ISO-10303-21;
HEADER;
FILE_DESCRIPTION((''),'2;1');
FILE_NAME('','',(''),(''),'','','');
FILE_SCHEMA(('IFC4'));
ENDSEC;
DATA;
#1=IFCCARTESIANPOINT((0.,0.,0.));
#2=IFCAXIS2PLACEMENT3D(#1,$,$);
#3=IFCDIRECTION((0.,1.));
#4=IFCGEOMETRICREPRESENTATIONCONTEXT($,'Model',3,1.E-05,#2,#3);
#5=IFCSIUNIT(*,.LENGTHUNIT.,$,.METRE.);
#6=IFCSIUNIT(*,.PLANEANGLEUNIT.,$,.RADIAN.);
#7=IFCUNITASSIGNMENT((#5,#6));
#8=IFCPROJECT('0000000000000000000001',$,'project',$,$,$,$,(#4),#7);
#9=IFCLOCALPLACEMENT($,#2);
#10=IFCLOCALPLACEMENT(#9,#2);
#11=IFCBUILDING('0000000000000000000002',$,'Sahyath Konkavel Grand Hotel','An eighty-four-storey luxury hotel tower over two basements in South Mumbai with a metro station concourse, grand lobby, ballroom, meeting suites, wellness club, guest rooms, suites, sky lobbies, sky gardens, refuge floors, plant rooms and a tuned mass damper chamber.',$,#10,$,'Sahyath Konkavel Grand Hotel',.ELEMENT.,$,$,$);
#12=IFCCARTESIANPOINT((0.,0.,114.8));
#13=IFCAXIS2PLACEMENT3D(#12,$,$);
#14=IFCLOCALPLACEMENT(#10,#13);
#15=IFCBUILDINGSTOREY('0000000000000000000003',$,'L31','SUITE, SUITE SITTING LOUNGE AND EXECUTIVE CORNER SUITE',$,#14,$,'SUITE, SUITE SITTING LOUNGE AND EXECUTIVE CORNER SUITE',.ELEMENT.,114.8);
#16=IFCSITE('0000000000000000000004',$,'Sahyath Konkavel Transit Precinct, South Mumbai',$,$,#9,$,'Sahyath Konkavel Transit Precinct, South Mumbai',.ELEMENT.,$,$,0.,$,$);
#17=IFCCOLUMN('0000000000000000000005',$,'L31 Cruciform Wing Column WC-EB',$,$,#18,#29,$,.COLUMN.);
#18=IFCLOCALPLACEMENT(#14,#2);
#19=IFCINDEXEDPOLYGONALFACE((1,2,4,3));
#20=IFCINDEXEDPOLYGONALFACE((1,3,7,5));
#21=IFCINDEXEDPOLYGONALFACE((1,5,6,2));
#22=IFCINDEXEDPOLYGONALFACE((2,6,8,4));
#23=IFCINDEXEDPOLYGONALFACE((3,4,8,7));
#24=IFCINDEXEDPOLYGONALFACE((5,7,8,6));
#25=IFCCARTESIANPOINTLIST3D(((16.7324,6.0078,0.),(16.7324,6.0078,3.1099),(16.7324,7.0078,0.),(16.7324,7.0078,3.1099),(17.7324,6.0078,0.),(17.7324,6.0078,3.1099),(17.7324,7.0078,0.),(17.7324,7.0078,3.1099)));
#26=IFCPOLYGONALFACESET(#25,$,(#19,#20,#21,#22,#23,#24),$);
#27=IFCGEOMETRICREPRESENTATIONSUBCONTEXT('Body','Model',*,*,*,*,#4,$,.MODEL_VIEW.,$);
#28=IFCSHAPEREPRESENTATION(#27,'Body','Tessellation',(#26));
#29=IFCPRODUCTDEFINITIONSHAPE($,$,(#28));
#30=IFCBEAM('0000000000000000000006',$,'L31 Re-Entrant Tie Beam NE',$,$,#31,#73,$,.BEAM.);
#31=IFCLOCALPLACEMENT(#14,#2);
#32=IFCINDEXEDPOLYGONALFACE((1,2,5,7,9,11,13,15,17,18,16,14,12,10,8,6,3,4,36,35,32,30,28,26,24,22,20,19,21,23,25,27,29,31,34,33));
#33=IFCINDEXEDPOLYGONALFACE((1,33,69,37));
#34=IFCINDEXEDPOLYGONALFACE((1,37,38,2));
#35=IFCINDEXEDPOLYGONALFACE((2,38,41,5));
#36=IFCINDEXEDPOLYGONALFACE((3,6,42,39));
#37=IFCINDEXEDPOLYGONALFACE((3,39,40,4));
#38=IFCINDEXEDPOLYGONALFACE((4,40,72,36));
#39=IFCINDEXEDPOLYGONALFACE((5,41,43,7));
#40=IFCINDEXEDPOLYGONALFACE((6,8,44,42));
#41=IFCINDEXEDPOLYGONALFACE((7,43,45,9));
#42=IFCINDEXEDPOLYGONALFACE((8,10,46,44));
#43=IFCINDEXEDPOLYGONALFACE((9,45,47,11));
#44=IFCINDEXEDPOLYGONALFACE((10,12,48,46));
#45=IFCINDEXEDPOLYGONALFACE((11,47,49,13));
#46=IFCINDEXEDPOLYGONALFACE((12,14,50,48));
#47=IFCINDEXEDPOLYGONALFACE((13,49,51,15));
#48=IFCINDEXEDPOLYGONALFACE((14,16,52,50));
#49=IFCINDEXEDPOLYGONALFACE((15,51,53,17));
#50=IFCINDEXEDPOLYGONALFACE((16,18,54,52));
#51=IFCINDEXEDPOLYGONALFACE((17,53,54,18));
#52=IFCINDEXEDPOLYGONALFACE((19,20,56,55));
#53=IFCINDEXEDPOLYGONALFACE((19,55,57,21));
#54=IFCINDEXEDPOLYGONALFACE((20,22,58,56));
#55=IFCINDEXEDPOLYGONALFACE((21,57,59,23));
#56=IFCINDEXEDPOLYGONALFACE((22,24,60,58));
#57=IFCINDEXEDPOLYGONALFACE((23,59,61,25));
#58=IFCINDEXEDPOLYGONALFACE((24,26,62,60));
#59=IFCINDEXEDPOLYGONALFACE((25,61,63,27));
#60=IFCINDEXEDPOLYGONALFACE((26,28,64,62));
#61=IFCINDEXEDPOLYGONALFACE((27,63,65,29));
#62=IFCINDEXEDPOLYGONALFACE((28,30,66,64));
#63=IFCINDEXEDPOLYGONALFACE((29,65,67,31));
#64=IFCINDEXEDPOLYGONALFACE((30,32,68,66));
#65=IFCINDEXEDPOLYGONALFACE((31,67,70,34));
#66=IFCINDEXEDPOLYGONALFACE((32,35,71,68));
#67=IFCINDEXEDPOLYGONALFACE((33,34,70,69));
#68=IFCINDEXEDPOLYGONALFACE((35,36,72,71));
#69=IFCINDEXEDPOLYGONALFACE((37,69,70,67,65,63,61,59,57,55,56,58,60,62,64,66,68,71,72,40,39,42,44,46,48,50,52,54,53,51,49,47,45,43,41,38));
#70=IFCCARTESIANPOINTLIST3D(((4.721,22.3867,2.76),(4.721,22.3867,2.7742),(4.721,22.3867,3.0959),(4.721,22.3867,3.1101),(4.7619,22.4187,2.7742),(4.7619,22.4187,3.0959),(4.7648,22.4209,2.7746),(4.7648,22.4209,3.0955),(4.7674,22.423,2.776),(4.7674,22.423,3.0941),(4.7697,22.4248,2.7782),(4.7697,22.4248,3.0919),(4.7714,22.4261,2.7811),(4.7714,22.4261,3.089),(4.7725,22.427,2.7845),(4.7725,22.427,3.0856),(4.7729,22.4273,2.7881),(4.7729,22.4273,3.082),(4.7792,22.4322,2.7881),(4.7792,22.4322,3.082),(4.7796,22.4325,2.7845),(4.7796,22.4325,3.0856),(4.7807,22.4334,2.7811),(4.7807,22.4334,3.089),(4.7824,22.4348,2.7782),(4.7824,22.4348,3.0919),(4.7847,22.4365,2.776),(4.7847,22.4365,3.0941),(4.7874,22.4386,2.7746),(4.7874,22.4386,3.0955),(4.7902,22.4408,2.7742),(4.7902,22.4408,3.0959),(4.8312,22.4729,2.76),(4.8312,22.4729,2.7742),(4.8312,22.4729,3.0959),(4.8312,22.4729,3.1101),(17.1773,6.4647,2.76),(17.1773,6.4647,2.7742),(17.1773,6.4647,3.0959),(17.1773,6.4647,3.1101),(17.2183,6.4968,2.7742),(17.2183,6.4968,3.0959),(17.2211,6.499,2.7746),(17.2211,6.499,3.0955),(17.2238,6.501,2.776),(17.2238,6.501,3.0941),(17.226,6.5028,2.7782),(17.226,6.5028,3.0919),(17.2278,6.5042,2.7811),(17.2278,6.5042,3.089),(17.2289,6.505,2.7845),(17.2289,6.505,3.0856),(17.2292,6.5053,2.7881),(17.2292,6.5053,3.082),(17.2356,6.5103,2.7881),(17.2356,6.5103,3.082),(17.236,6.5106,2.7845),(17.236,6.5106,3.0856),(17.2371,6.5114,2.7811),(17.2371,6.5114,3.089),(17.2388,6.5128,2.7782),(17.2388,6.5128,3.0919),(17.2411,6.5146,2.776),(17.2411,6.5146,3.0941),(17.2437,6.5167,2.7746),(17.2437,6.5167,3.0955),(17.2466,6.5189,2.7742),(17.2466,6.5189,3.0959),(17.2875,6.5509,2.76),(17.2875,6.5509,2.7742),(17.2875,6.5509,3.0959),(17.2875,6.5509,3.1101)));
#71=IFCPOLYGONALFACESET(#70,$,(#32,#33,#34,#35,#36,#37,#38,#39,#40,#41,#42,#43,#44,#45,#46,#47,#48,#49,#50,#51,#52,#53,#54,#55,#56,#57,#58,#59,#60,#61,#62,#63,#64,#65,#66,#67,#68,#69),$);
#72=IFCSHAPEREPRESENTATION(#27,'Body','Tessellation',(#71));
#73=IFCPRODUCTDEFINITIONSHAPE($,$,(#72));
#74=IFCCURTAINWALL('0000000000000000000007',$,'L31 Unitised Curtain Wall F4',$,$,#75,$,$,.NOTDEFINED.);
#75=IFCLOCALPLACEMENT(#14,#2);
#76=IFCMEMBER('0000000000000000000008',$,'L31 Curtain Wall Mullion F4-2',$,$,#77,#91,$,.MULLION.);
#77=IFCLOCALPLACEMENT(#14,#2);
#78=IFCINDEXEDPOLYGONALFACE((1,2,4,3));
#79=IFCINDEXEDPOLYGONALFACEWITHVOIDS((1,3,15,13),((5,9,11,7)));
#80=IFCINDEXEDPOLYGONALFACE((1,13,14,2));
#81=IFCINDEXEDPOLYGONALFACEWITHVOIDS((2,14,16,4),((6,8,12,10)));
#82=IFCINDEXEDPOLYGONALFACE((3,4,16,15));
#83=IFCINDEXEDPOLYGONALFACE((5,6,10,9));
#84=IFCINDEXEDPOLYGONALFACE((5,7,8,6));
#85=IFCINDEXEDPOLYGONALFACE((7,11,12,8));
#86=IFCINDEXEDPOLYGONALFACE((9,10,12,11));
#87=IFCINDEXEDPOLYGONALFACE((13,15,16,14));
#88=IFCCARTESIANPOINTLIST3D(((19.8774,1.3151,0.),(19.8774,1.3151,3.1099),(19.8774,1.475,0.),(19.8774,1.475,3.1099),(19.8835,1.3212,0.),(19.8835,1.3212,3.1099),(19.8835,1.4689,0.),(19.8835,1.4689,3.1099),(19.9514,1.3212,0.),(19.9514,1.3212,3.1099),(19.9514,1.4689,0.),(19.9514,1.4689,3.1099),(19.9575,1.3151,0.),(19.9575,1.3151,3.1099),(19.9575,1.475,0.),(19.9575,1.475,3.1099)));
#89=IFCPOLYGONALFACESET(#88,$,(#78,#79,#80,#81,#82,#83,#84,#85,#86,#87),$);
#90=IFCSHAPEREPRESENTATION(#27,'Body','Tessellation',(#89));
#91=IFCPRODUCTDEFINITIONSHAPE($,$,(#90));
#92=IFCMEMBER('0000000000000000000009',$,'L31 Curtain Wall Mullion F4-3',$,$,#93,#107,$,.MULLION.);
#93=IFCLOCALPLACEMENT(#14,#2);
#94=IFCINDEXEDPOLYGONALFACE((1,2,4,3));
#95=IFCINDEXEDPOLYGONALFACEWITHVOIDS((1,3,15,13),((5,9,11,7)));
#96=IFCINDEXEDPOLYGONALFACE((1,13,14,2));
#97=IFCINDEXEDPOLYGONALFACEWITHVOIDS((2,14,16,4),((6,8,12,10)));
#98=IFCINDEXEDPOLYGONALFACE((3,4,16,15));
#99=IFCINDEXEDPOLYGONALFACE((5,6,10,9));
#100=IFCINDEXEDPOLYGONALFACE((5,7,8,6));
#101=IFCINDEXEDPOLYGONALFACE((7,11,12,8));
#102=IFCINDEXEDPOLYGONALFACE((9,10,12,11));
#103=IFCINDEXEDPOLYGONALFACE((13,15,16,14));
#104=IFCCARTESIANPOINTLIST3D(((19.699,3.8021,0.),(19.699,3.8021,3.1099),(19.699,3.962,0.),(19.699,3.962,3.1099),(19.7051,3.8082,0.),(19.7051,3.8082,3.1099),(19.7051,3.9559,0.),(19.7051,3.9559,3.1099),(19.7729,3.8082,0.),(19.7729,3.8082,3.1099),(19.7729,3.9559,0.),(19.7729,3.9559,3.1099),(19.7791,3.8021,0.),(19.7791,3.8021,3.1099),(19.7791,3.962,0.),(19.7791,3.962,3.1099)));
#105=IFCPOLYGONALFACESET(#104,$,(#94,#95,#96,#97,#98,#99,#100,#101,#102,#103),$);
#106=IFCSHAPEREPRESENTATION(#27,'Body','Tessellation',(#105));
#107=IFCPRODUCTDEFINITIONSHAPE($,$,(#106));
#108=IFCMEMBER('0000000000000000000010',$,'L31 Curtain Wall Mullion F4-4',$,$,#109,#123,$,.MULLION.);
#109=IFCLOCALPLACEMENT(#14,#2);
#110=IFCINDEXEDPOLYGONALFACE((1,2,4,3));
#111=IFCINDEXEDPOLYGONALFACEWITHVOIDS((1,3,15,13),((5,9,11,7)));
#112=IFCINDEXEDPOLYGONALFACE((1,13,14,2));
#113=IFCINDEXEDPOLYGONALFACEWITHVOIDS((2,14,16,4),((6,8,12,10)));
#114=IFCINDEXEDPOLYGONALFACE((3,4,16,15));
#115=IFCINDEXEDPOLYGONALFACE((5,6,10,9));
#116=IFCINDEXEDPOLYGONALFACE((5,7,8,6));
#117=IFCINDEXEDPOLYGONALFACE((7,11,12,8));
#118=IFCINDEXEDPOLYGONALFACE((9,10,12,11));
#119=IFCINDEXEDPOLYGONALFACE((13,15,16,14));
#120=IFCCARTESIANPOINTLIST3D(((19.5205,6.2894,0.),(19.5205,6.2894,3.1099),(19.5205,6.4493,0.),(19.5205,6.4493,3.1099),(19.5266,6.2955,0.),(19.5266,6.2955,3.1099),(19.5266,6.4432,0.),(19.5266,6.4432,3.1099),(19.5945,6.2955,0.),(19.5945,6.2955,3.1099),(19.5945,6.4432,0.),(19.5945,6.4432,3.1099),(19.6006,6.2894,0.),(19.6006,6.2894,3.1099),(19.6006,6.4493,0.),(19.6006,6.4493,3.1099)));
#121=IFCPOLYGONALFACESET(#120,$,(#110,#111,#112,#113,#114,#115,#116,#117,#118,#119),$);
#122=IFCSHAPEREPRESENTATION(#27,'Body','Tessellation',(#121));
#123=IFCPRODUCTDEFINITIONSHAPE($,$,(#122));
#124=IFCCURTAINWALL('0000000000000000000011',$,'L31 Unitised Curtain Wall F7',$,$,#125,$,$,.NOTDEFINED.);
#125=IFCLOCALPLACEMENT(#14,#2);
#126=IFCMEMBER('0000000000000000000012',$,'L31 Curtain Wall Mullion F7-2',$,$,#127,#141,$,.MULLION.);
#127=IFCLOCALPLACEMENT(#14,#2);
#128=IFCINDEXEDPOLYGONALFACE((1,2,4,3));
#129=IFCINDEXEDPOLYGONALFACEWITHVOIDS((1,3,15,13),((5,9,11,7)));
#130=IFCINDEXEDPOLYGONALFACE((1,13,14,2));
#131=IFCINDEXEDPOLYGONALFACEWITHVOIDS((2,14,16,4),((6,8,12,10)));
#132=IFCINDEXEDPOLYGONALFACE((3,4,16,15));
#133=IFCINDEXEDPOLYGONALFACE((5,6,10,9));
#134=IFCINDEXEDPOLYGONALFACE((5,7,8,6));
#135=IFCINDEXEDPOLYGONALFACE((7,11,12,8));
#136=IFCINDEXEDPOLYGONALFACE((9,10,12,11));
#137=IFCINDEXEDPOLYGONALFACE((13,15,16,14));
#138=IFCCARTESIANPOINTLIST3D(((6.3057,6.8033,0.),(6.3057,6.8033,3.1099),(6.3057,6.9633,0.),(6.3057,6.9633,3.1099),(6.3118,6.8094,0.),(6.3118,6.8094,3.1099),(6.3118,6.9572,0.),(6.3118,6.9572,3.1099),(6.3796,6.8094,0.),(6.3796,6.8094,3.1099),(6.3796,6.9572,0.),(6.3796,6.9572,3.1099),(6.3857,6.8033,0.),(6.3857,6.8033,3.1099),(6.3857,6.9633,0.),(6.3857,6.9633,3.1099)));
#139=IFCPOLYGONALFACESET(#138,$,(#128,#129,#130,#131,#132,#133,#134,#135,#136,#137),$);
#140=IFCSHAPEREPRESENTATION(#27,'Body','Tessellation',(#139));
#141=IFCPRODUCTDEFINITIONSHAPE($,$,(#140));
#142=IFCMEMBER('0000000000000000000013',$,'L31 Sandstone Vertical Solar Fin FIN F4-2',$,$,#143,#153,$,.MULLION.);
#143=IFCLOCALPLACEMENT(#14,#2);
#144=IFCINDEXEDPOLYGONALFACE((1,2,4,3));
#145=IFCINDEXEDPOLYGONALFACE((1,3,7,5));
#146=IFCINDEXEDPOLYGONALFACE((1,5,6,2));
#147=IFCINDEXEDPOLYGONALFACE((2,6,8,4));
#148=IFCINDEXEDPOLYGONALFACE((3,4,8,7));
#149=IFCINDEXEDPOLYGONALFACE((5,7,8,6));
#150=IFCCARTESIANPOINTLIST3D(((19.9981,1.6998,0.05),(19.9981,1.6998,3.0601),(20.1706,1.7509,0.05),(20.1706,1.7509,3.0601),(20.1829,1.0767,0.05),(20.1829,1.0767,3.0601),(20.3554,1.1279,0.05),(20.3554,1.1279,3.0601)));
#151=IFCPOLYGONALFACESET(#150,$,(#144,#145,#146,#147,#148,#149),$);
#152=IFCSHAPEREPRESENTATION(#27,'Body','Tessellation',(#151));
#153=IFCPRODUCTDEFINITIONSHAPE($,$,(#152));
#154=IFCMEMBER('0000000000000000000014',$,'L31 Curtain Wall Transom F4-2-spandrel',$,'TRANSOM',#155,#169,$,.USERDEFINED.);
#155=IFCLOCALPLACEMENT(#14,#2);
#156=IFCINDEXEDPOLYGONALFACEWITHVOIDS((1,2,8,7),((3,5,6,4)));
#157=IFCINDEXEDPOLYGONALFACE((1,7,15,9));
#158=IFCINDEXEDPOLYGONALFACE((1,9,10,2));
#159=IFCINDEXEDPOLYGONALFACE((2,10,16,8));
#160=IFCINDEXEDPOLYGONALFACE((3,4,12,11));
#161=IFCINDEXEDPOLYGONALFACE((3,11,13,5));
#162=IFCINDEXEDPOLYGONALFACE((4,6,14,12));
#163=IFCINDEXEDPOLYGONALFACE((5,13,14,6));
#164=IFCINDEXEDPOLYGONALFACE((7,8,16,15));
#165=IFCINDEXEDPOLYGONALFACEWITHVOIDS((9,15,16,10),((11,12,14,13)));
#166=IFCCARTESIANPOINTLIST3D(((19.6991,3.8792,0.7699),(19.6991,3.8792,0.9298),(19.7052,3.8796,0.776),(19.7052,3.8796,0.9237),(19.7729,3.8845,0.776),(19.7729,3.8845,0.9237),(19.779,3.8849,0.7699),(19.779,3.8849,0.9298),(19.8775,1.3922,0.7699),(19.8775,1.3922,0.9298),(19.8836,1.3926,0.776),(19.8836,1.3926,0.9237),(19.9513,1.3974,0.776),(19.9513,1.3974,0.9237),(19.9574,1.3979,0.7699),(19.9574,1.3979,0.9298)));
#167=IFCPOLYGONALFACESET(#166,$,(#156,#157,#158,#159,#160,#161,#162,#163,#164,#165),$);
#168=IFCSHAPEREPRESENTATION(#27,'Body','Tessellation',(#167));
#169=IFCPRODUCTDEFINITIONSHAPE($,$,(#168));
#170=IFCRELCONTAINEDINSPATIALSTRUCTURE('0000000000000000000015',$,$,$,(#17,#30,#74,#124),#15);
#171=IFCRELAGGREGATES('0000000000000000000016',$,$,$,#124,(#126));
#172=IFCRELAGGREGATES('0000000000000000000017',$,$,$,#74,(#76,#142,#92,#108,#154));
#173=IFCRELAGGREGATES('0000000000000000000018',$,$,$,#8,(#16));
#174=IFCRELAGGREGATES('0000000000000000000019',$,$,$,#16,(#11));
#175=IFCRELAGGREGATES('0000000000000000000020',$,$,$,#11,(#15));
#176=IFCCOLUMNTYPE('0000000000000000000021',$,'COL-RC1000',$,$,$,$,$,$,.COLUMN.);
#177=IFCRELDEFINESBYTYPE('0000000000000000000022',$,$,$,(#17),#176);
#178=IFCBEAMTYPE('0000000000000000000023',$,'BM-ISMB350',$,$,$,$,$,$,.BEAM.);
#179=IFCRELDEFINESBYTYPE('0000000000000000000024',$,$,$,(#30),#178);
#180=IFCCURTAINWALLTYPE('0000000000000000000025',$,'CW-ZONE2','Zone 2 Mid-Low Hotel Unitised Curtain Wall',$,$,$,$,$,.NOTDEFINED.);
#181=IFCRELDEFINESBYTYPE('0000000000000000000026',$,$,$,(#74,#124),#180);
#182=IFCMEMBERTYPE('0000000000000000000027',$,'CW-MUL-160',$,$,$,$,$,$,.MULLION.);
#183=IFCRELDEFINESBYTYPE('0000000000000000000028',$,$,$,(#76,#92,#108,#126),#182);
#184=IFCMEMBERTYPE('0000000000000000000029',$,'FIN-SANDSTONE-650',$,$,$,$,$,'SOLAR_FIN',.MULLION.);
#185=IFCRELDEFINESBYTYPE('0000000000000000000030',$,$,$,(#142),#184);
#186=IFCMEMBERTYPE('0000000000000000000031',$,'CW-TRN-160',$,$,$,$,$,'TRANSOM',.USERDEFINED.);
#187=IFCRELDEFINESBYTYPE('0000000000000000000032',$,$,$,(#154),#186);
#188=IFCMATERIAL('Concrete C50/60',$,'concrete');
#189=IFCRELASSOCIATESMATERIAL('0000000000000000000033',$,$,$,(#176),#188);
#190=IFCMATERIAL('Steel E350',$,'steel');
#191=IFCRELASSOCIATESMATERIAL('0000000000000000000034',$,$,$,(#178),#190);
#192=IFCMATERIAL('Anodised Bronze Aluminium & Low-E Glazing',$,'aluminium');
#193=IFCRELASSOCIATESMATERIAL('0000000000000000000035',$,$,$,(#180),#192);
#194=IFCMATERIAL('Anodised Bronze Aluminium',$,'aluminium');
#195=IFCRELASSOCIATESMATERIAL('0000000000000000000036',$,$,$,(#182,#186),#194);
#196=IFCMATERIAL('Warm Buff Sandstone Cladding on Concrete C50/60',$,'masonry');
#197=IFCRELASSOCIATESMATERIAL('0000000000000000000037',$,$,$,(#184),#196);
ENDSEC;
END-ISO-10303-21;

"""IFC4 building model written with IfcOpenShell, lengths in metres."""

from ifc_helpers import new_model, si_unit, direction, frame, origin, origin_2d, place, context, subcontext, project, spatial, rectangle, hollow_rectangle, i_section, extrude, source, transform, mapped, material, material_profile, profile_set, type_object, element, aggregate, save


model = new_model("IFC4")

# Units and contexts
model_context = context("Model", 3, precision=1e-05, world=origin(), true_north=direction((0.0, 1.0)))
body_context = subcontext(model_context, "Body", "Model", "MODEL_VIEW")
ifc_project = project(units=[si_unit("LENGTHUNIT", "METRE"), si_unit("PLANEANGLEUNIT", "RADIAN")], contexts=[model_context])

# Site, building, storey
site_placement = place(None, origin())
site = spatial("IfcSite", under=ifc_project, at=site_placement, Name="Sahyath Konkavel Transit Precinct, South Mumbai", LongName="Sahyath Konkavel Transit Precinct, South Mumbai", CompositionType="ELEMENT", RefElevation=0.0)
building_placement = place(site_placement, origin())
building = spatial("IfcBuilding", under=site, at=building_placement, Name="Sahyath Konkavel Grand Hotel", Description="An eighty-four-storey luxury hotel tower over two basements in South Mumbai with a metro station concourse, grand lobby, ballroom, meeting suites, wellness club, guest rooms, suites, sky lobbies, sky gardens, refuge floors, plant rooms and a tuned mass damper chamber.", LongName="Sahyath Konkavel Grand Hotel", CompositionType="ELEMENT")
storey_placement = place(building_placement, frame((0.0, 0.0, 114.8)))
storey = spatial("IfcBuildingStorey", under=building, at=storey_placement, Name="L31", Description="SUITE, SUITE SITTING LOUNGE AND EXECUTIVE CORNER SUITE", LongName="SUITE, SUITE SITTING LOUNGE AND EXECUTIVE CORNER SUITE", CompositionType="ELEMENT", Elevation=114.8)

# Column
ifc_material_1 = material(Name="Concrete C50/60", Category="concrete")
ifc_material_profile_1 = material_profile(ifc_material_1, rectangle(XDim=1.0, YDim=1.0, at=origin_2d()), Name="RC 1000x1000")
ifc_profile_set_1 = profile_set([ifc_material_profile_1], Name="Concrete C50/60")
column_type = type_object("IfcColumnType", Name="COL-RC1000", PredefinedType="COLUMN", material=ifc_profile_set_1)
shared_shape_1 = source(origin(), body_context, "Body", "SweptSolid", [
    extrude(rectangle(XDim=1.0, YDim=1.0, at=origin_2d()), origin(), (0.0, 0.0, 1.0), 3.1099),
])
column_placement = place(storey_placement, frame((17.2324, 6.5078, 0.0), z_axis=(0.0, 0.0, 1.0), x_axis=(1.0, 0.0, 0.0)))
element("IfcColumn", 1, at=column_placement, inside=storey, type_object=column_type, Name="L31 Cruciform Wing Column WC-EB", PredefinedType="COLUMN", context=body_context, shape_type="MappedRepresentation", body=[
    mapped(shared_shape_1, transform((0.0, 0.0, 0.0), scale=1.0)),
])

# Beam
ifc_material_2 = material(Name="Steel E350", Category="steel")
ifc_material_profile_2 = material_profile(ifc_material_2, i_section(OverallWidth=0.1399, OverallDepth=0.3501, WebThickness=0.0081, FlangeThickness=0.0142, FilletRadius=0.0139, at=origin_2d()), Name="ISMB 350")
ifc_profile_set_2 = profile_set([ifc_material_profile_2], Name="Steel E350")
beam_type_1 = type_object("IfcBeamType", Name="BM-ISMB350", PredefinedType="BEAM", material=ifc_profile_set_2)
shared_shape_2 = source(origin(), body_context, "Body", "SweptSolid", [
    extrude(i_section(OverallWidth=0.1399, OverallDepth=0.3501, WebThickness=0.0081, FlangeThickness=0.0142, FilletRadius=0.0139, at=origin_2d()), origin(), (0.0, 0.0, 1.0), 20.2156),
])
beam_1_placement = place(storey_placement, frame((17.2324, 6.5078, 2.9351), z_axis=(-0.616176, 0.787608, 0.0), x_axis=(-0.787608, -0.616176, 0.0)))
element("IfcBeam", 2, at=beam_1_placement, inside=storey, type_object=beam_type_1, Name="L31 Re-Entrant Tie Beam NE", PredefinedType="BEAM", context=body_context, shape_type="MappedRepresentation", body=[
    mapped(shared_shape_2, transform((0.0, 0.0, 0.0), scale=1.0)),
])

# Curtain wall, members
ifc_material_3 = material(Name="Anodised Bronze Aluminium & Low-E Glazing", Category="aluminium")
curtain_wall_type = type_object("IfcCurtainWallType", Name="CW-ZONE2", Description="Zone 2 Mid-Low Hotel Unitised Curtain Wall", PredefinedType="NOTDEFINED", material=ifc_material_3)
curtain_wall_1_placement = place(storey_placement, origin())
curtain_wall_1 = element("IfcCurtainWall", 3, at=curtain_wall_1_placement, inside=storey, type_object=curtain_wall_type, Name="L31 Unitised Curtain Wall F4", PredefinedType="NOTDEFINED")
ifc_material_4 = material(Name="Anodised Bronze Aluminium", Category="aluminium")
ifc_material_profile_3 = material_profile(ifc_material_4, hollow_rectangle(XDim=0.0801, YDim=0.1599, WallThickness=0.0061, at=origin_2d()), Name="RHS 160x80x6")
ifc_profile_set_3 = profile_set([ifc_material_profile_3], Name="Anodised Bronze Aluminium")
member_type_1 = type_object("IfcMemberType", Name="CW-MUL-160", PredefinedType="MULLION", material=ifc_profile_set_3)
shared_shape_3 = source(origin(), body_context, "Body", "SweptSolid", [
    extrude(hollow_rectangle(XDim=0.0801, YDim=0.1599, WallThickness=0.0061, at=origin_2d()), origin(), (0.0, 0.0, 1.0), 3.1099),
])
member_1_placement = place(storey_placement, frame((19.9175, 1.395, 0.0), z_axis=(0.0, 0.0, 1.0), x_axis=(1.0, 0.0, 0.0)))
member_1 = element("IfcMember", 4, at=member_1_placement, type_object=member_type_1, Name="L31 Curtain Wall Mullion F4-2", PredefinedType="MULLION", context=body_context, shape_type="MappedRepresentation", body=[
    mapped(shared_shape_3, transform((0.0, 0.0, 0.0), scale=1.0)),
])
member_2_placement = place(storey_placement, frame((19.739, 3.8821, 0.0), z_axis=(0.0, 0.0, 1.0), x_axis=(1.0, 0.0, 0.0)))
member_2 = element("IfcMember", 5, at=member_2_placement, type_object=member_type_1, Name="L31 Curtain Wall Mullion F4-3", PredefinedType="MULLION", context=body_context, shape_type="MappedRepresentation", body=[
    mapped(shared_shape_3, transform((0.0, 0.0, 0.0), scale=1.0)),
])
member_3_placement = place(storey_placement, frame((19.5605, 6.3694, 0.0), z_axis=(0.0, 0.0, 1.0), x_axis=(1.0, 0.0, 0.0)))
member_3 = element("IfcMember", 6, at=member_3_placement, type_object=member_type_1, Name="L31 Curtain Wall Mullion F4-4", PredefinedType="MULLION", context=body_context, shape_type="MappedRepresentation", body=[
    mapped(shared_shape_3, transform((0.0, 0.0, 0.0), scale=1.0)),
])

# Curtain wall, member
curtain_wall_2_placement = place(storey_placement, origin())
curtain_wall_2 = element("IfcCurtainWall", 7, at=curtain_wall_2_placement, inside=storey, type_object=curtain_wall_type, Name="L31 Unitised Curtain Wall F7", PredefinedType="NOTDEFINED")
member_4_placement = place(storey_placement, frame((6.3457, 6.8833, 0.0), z_axis=(0.0, 0.0, 1.0), x_axis=(1.0, 0.0, 0.0)))
member_4 = element("IfcMember", 8, at=member_4_placement, type_object=member_type_1, Name="L31 Curtain Wall Mullion F7-2", PredefinedType="MULLION", context=body_context, shape_type="MappedRepresentation", body=[
    mapped(shared_shape_3, transform((0.0, 0.0, 0.0), scale=1.0)),
])
aggregate(curtain_wall_2, [member_4])

# Members
ifc_material_5 = material(Name="Warm Buff Sandstone Cladding on Concrete C50/60", Category="masonry")
ifc_material_profile_4 = material_profile(ifc_material_5, rectangle(XDim=0.1799, YDim=0.6499, at=origin_2d()), Name="FIN 180x650")
ifc_profile_set_4 = profile_set([ifc_material_profile_4], Name="Warm Buff Sandstone Cladding on Concrete C50/60")
member_type_2 = type_object("IfcMemberType", Name="FIN-SANDSTONE-650", ElementType="SOLAR_FIN", PredefinedType="MULLION", material=ifc_profile_set_4)
shared_shape_4 = source(origin(), body_context, "Body", "SweptSolid", [
    extrude(rectangle(XDim=0.1799, YDim=0.6499, at=origin_2d()), origin(), (0.0, 0.0, 1.0), 3.01),
])
member_5_placement = place(storey_placement, frame((20.1768, 1.4138, 0.05), z_axis=(0.0, 0.0, 1.0), x_axis=(0.958721, 0.28435, 0.0)))
member_5 = element("IfcMember", 9, at=member_5_placement, type_object=member_type_2, Name="L31 Sandstone Vertical Solar Fin FIN F4-2", PredefinedType="MULLION", context=body_context, shape_type="MappedRepresentation", body=[
    mapped(shared_shape_4, transform((0.0, 0.0, 0.0), scale=1.0)),
])
ifc_material_profile_5 = material_profile(ifc_material_4, hollow_rectangle(XDim=0.0801, YDim=0.1599, WallThickness=0.0061, at=origin_2d()), Name="RHS 160x80x6")
ifc_profile_set_5 = profile_set([ifc_material_profile_5], Name="Anodised Bronze Aluminium")
member_type_3 = type_object("IfcMemberType", Name="CW-TRN-160", ElementType="TRANSOM", PredefinedType="USERDEFINED", material=ifc_profile_set_5)
shared_shape_5 = source(origin(), body_context, "Body", "SweptSolid", [
    extrude(hollow_rectangle(XDim=0.0801, YDim=0.1599, WallThickness=0.0061, at=origin_2d()), origin(), (0.0, 0.0, 1.0), 2.4934),
])
member_6_placement = place(storey_placement, frame((19.9175, 1.395, 0.8499), z_axis=(-0.071574, 0.997435, 0.0), x_axis=(-0.997435, -0.071574, 0.0)))
member_6 = element("IfcMember", 10, at=member_6_placement, type_object=member_type_3, Name="L31 Curtain Wall Transom F4-2-spandrel", ObjectType="TRANSOM", PredefinedType="USERDEFINED", context=body_context, shape_type="MappedRepresentation", body=[
    mapped(shared_shape_5, transform((0.0, 0.0, 0.0), scale=1.0)),
])

aggregate(curtain_wall_1, [member_1, member_5, member_2, member_3, member_6])

save(model, "model.ifc")
